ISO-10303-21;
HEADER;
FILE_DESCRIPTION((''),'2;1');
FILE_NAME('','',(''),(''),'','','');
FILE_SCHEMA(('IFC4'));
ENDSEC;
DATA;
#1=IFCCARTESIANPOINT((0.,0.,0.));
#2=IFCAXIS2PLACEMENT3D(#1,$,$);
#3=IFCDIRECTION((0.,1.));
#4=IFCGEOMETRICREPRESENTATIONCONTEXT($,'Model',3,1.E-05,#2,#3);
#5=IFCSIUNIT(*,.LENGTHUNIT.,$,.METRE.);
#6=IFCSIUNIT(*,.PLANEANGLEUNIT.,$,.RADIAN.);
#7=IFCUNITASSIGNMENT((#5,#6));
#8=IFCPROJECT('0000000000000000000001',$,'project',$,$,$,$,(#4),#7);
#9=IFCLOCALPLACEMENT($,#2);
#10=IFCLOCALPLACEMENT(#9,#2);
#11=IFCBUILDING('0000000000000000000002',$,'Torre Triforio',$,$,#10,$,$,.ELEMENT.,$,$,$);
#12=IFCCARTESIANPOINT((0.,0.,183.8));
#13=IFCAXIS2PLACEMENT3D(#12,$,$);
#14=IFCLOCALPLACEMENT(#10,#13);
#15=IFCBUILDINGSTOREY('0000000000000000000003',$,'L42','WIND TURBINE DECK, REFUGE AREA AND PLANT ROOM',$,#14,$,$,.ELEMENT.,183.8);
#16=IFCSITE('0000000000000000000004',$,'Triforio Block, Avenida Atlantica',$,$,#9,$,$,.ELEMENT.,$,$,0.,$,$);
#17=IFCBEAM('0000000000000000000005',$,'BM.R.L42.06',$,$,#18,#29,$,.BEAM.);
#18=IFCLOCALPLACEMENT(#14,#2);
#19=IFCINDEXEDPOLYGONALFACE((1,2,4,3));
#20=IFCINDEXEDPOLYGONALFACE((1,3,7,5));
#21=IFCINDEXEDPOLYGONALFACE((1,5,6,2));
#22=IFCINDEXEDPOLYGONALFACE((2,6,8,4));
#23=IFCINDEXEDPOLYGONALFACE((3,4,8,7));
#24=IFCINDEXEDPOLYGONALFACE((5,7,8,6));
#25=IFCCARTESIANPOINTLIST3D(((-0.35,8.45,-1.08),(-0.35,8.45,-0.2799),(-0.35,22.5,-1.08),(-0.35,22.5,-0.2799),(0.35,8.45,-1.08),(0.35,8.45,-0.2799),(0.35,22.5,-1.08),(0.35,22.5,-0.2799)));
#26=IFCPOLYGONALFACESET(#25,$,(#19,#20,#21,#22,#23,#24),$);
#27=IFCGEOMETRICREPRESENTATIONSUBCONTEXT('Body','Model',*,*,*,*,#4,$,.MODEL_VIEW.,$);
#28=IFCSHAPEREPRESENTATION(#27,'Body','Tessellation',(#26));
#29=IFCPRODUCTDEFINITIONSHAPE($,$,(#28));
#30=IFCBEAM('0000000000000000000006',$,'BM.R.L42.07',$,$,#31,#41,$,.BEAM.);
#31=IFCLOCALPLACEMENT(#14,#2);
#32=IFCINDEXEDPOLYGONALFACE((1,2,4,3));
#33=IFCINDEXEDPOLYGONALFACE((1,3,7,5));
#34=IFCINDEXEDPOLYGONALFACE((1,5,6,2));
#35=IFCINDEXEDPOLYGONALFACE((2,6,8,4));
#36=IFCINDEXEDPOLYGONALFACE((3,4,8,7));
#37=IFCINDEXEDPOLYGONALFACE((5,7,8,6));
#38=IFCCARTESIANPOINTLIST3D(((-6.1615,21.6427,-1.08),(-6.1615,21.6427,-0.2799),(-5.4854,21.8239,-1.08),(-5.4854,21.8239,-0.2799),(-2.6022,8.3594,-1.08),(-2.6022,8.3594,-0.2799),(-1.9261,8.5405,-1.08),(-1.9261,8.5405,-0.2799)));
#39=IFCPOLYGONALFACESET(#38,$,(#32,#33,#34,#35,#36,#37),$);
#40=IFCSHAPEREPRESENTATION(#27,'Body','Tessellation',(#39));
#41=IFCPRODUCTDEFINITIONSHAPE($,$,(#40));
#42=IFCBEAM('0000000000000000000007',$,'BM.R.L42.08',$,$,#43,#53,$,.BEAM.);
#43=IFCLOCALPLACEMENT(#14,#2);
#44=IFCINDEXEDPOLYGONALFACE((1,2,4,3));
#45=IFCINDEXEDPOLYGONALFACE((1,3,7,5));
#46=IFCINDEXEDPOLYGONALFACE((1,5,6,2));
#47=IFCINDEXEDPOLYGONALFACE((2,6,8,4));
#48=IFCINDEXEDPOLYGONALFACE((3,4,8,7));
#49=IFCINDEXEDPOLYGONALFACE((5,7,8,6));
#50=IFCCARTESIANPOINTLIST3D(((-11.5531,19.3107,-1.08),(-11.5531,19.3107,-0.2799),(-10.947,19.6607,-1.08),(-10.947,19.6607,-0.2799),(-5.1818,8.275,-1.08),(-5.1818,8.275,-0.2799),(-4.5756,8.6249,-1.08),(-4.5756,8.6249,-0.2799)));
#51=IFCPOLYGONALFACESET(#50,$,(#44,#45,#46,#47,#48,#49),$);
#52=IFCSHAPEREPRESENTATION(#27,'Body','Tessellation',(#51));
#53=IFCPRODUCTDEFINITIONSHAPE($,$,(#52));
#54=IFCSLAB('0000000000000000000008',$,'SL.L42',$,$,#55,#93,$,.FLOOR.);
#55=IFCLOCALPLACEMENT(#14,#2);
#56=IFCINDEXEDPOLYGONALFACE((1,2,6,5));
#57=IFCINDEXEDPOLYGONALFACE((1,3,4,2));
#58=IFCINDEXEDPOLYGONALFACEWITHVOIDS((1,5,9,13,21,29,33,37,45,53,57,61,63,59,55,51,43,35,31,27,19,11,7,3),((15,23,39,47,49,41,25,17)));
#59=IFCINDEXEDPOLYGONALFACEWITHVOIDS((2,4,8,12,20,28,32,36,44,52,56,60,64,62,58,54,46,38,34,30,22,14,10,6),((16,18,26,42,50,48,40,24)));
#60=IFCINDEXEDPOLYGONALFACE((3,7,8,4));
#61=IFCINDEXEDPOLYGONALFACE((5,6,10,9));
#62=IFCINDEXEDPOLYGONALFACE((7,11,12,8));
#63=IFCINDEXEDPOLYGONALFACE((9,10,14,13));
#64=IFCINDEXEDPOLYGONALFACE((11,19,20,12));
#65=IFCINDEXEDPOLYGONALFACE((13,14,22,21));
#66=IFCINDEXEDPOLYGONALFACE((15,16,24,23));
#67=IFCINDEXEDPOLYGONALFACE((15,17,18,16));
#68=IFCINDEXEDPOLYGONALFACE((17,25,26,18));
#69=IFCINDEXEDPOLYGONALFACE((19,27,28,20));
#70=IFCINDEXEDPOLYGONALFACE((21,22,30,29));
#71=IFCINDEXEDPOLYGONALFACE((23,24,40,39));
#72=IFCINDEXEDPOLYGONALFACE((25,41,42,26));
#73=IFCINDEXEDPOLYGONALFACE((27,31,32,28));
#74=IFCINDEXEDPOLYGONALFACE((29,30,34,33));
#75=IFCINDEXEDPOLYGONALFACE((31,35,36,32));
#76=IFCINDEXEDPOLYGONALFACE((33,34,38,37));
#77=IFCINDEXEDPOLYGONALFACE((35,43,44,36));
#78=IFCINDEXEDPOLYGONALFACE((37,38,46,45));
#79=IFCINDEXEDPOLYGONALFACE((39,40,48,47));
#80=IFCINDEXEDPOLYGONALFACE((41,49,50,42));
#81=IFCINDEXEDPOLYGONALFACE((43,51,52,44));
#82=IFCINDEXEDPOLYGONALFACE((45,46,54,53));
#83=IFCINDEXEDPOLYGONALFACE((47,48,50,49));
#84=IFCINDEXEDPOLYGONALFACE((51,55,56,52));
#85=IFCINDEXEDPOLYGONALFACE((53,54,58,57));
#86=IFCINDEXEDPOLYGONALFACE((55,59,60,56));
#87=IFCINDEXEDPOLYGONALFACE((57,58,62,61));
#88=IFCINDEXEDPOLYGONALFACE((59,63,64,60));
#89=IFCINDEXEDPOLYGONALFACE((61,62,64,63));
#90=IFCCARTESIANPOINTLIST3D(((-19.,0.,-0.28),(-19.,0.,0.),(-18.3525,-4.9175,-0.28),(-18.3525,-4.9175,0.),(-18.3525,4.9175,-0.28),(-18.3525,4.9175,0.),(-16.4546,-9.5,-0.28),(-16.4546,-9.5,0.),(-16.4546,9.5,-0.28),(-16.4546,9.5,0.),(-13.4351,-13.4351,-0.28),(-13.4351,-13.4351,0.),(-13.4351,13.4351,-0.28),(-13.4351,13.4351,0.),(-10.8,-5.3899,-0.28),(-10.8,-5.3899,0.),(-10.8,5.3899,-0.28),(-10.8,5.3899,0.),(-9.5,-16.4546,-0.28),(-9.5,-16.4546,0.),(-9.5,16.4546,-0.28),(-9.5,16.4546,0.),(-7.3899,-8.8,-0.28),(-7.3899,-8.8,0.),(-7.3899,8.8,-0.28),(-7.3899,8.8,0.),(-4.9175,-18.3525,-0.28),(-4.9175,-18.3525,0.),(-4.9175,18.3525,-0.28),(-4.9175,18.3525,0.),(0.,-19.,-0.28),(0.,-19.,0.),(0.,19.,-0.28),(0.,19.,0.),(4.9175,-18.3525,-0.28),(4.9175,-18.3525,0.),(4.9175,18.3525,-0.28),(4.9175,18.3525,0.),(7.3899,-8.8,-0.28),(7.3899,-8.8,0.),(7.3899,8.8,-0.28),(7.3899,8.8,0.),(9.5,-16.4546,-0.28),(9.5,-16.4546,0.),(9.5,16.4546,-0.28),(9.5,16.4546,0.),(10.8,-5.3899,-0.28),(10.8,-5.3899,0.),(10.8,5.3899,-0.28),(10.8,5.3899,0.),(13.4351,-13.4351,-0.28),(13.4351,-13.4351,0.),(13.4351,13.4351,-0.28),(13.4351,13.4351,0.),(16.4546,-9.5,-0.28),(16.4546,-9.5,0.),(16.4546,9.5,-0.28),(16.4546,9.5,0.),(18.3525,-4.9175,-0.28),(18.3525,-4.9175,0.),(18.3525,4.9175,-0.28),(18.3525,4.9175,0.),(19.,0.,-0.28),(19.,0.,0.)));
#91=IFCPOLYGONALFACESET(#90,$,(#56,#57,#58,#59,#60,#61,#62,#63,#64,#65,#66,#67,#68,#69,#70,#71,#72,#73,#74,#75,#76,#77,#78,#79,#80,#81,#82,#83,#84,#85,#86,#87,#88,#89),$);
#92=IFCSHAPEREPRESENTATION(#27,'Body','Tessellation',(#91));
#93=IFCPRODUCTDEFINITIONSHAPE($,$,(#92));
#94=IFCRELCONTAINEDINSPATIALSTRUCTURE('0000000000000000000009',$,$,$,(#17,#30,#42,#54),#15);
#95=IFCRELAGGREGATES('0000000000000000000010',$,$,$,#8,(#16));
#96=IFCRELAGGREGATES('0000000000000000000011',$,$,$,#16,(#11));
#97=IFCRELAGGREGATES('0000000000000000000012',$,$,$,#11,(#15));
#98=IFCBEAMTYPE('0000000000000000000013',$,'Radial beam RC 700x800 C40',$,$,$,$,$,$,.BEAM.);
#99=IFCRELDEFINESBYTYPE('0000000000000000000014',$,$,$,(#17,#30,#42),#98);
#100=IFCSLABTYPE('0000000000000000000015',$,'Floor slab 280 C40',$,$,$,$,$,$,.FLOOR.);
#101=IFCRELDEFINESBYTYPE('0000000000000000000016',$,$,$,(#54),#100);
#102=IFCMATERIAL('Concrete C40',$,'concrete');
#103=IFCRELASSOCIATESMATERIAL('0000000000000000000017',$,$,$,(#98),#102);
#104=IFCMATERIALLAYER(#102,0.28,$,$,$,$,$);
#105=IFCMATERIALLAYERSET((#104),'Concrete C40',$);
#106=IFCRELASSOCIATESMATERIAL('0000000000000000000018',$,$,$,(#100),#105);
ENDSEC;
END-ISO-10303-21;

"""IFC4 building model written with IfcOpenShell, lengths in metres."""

from ifc_helpers import new_model, si_unit, direction, frame, origin, origin_2d, place, context, subcontext, project, spatial, polyline, rectangle, outline, extrude, material, layer, layer_set, material_profile, profile_set, type_object, element, save


model = new_model("IFC4")

# Units and contexts
model_context = context("Model", 3, precision=1e-05, world=origin(), true_north=direction((0.0, 1.0)))
body_context = subcontext(model_context, "Body", "Model", "MODEL_VIEW")
ifc_project = project(units=[si_unit("LENGTHUNIT", "METRE"), si_unit("PLANEANGLEUNIT", "RADIAN")], contexts=[model_context])

# Site, building, storey
site_placement = place(None, origin())
site = spatial("IfcSite", under=ifc_project, at=site_placement, Name="Triforio Block, Avenida Atlantica", CompositionType="ELEMENT", RefElevation=0.0)
building_placement = place(site_placement, origin())
building = spatial("IfcBuilding", under=site, at=building_placement, Name="Torre Triforio", CompositionType="ELEMENT")
storey_placement = place(building_placement, frame((0.0, 0.0, 183.8)))
storey = spatial("IfcBuildingStorey", under=building, at=storey_placement, Name="L42", Description="WIND TURBINE DECK, REFUGE AREA AND PLANT ROOM", CompositionType="ELEMENT", Elevation=183.8)

# Beams
ifc_material_1 = material(Name="Concrete C40", Category="concrete")
ifc_material_profile = material_profile(ifc_material_1, rectangle(XDim=0.7, YDim=0.8, at=origin_2d()), Name="RC 700x800")
ifc_profile_set = profile_set([ifc_material_profile], Name="Concrete C40")
beam_type = type_object("IfcBeamType", Name="Radial beam RC 700x800 C40", PredefinedType="BEAM", material=ifc_profile_set)
beam_1_placement = place(storey_placement, frame((0.0, 8.45, -0.6799), z_axis=(0.0, 1.0, 0.0), x_axis=(-1.0, 0.0, 0.0)))
element("IfcBeam", 1, at=beam_1_placement, inside=storey, type_object=beam_type, Name="BM.R.L42.06", PredefinedType="BEAM", context=body_context, shape_type="SweptSolid", body=[
    extrude(rectangle(XDim=0.7, YDim=0.8, at=origin_2d()), origin(), (0.0, 0.0, 1.0), 14.05),
])
beam_2_placement = place(storey_placement, frame((-2.2642, 8.45, -0.6799), z_axis=(-0.258822, 0.965925, 0.0), x_axis=(-0.965925, -0.258822, 0.0)))
element("IfcBeam", 2, at=beam_2_placement, inside=storey, type_object=beam_type, Name="BM.R.L42.07", PredefinedType="BEAM", context=body_context, shape_type="SweptSolid", body=[
    extrude(rectangle(XDim=0.7, YDim=0.8, at=origin_2d()), origin(), (0.0, 0.0, 1.0), 13.752),
])
beam_3_placement = place(storey_placement, frame((-4.8787, 8.45, -0.6799), z_axis=(-0.499994, 0.866029, 0.0), x_axis=(-0.866029, -0.499994, 0.0)))
element("IfcBeam", 3, at=beam_3_placement, inside=storey, type_object=beam_type, Name="BM.R.L42.08", PredefinedType="BEAM", context=body_context, shape_type="SweptSolid", body=[
    extrude(rectangle(XDim=0.7, YDim=0.8, at=origin_2d()), origin(), (0.0, 0.0, 1.0), 12.7429),
])

# Slab
ifc_layer_1 = layer(ifc_material_1, 0.28)
ifc_layer_set_1 = layer_set([ifc_layer_1], Name="Concrete C40")
slab_type_1 = type_object("IfcSlabType", Name="Floor slab 280 C40", PredefinedType="FLOOR", material=ifc_layer_set_1)
slab_1_placement = place(storey_placement, frame((0.0, 0.0, -0.28)))
element("IfcSlab", 4, at=slab_1_placement, inside=storey, type_object=slab_type_1, Name="SL.L42", PredefinedType="FLOOR", context=body_context, shape_type="SweptSolid", body=[
    extrude(outline(polyline([(16.4546, -9.5), (18.3525, -4.9175), (19.0, 0.0), (18.3525, 4.9175), (16.4546, 9.5), (13.4351, 13.4351), (9.5, 16.4546), (4.9175, 18.3525), (0.0, 19.0), (-4.9175, 18.3525), (-9.5, 16.4546), (-13.4351, 13.4351), (-16.4546, 9.5), (-18.3525, 4.9175), (-19.0, 0.0), (-18.3525, -4.9175), (-16.4546, -9.5), (-13.4351, -13.4351), (-9.5, -16.4546), (-4.9175, -18.3525), (0.0, -19.0), (4.9175, -18.3525), (9.5, -16.4546), (13.4351, -13.4351), (16.4546, -9.5)]), holes=[polyline([(10.8, 5.3899), (10.8, -5.3899), (7.3899, -8.8), (-7.3899, -8.8), (-10.8, -5.3899), (-10.8, 5.3899), (-7.3899, 8.8), (7.3899, 8.8), (10.8, 5.3899)])]), origin(), (0.0, 0.0, 1.0), 0.28),
])

save(model, "model.ifc")
